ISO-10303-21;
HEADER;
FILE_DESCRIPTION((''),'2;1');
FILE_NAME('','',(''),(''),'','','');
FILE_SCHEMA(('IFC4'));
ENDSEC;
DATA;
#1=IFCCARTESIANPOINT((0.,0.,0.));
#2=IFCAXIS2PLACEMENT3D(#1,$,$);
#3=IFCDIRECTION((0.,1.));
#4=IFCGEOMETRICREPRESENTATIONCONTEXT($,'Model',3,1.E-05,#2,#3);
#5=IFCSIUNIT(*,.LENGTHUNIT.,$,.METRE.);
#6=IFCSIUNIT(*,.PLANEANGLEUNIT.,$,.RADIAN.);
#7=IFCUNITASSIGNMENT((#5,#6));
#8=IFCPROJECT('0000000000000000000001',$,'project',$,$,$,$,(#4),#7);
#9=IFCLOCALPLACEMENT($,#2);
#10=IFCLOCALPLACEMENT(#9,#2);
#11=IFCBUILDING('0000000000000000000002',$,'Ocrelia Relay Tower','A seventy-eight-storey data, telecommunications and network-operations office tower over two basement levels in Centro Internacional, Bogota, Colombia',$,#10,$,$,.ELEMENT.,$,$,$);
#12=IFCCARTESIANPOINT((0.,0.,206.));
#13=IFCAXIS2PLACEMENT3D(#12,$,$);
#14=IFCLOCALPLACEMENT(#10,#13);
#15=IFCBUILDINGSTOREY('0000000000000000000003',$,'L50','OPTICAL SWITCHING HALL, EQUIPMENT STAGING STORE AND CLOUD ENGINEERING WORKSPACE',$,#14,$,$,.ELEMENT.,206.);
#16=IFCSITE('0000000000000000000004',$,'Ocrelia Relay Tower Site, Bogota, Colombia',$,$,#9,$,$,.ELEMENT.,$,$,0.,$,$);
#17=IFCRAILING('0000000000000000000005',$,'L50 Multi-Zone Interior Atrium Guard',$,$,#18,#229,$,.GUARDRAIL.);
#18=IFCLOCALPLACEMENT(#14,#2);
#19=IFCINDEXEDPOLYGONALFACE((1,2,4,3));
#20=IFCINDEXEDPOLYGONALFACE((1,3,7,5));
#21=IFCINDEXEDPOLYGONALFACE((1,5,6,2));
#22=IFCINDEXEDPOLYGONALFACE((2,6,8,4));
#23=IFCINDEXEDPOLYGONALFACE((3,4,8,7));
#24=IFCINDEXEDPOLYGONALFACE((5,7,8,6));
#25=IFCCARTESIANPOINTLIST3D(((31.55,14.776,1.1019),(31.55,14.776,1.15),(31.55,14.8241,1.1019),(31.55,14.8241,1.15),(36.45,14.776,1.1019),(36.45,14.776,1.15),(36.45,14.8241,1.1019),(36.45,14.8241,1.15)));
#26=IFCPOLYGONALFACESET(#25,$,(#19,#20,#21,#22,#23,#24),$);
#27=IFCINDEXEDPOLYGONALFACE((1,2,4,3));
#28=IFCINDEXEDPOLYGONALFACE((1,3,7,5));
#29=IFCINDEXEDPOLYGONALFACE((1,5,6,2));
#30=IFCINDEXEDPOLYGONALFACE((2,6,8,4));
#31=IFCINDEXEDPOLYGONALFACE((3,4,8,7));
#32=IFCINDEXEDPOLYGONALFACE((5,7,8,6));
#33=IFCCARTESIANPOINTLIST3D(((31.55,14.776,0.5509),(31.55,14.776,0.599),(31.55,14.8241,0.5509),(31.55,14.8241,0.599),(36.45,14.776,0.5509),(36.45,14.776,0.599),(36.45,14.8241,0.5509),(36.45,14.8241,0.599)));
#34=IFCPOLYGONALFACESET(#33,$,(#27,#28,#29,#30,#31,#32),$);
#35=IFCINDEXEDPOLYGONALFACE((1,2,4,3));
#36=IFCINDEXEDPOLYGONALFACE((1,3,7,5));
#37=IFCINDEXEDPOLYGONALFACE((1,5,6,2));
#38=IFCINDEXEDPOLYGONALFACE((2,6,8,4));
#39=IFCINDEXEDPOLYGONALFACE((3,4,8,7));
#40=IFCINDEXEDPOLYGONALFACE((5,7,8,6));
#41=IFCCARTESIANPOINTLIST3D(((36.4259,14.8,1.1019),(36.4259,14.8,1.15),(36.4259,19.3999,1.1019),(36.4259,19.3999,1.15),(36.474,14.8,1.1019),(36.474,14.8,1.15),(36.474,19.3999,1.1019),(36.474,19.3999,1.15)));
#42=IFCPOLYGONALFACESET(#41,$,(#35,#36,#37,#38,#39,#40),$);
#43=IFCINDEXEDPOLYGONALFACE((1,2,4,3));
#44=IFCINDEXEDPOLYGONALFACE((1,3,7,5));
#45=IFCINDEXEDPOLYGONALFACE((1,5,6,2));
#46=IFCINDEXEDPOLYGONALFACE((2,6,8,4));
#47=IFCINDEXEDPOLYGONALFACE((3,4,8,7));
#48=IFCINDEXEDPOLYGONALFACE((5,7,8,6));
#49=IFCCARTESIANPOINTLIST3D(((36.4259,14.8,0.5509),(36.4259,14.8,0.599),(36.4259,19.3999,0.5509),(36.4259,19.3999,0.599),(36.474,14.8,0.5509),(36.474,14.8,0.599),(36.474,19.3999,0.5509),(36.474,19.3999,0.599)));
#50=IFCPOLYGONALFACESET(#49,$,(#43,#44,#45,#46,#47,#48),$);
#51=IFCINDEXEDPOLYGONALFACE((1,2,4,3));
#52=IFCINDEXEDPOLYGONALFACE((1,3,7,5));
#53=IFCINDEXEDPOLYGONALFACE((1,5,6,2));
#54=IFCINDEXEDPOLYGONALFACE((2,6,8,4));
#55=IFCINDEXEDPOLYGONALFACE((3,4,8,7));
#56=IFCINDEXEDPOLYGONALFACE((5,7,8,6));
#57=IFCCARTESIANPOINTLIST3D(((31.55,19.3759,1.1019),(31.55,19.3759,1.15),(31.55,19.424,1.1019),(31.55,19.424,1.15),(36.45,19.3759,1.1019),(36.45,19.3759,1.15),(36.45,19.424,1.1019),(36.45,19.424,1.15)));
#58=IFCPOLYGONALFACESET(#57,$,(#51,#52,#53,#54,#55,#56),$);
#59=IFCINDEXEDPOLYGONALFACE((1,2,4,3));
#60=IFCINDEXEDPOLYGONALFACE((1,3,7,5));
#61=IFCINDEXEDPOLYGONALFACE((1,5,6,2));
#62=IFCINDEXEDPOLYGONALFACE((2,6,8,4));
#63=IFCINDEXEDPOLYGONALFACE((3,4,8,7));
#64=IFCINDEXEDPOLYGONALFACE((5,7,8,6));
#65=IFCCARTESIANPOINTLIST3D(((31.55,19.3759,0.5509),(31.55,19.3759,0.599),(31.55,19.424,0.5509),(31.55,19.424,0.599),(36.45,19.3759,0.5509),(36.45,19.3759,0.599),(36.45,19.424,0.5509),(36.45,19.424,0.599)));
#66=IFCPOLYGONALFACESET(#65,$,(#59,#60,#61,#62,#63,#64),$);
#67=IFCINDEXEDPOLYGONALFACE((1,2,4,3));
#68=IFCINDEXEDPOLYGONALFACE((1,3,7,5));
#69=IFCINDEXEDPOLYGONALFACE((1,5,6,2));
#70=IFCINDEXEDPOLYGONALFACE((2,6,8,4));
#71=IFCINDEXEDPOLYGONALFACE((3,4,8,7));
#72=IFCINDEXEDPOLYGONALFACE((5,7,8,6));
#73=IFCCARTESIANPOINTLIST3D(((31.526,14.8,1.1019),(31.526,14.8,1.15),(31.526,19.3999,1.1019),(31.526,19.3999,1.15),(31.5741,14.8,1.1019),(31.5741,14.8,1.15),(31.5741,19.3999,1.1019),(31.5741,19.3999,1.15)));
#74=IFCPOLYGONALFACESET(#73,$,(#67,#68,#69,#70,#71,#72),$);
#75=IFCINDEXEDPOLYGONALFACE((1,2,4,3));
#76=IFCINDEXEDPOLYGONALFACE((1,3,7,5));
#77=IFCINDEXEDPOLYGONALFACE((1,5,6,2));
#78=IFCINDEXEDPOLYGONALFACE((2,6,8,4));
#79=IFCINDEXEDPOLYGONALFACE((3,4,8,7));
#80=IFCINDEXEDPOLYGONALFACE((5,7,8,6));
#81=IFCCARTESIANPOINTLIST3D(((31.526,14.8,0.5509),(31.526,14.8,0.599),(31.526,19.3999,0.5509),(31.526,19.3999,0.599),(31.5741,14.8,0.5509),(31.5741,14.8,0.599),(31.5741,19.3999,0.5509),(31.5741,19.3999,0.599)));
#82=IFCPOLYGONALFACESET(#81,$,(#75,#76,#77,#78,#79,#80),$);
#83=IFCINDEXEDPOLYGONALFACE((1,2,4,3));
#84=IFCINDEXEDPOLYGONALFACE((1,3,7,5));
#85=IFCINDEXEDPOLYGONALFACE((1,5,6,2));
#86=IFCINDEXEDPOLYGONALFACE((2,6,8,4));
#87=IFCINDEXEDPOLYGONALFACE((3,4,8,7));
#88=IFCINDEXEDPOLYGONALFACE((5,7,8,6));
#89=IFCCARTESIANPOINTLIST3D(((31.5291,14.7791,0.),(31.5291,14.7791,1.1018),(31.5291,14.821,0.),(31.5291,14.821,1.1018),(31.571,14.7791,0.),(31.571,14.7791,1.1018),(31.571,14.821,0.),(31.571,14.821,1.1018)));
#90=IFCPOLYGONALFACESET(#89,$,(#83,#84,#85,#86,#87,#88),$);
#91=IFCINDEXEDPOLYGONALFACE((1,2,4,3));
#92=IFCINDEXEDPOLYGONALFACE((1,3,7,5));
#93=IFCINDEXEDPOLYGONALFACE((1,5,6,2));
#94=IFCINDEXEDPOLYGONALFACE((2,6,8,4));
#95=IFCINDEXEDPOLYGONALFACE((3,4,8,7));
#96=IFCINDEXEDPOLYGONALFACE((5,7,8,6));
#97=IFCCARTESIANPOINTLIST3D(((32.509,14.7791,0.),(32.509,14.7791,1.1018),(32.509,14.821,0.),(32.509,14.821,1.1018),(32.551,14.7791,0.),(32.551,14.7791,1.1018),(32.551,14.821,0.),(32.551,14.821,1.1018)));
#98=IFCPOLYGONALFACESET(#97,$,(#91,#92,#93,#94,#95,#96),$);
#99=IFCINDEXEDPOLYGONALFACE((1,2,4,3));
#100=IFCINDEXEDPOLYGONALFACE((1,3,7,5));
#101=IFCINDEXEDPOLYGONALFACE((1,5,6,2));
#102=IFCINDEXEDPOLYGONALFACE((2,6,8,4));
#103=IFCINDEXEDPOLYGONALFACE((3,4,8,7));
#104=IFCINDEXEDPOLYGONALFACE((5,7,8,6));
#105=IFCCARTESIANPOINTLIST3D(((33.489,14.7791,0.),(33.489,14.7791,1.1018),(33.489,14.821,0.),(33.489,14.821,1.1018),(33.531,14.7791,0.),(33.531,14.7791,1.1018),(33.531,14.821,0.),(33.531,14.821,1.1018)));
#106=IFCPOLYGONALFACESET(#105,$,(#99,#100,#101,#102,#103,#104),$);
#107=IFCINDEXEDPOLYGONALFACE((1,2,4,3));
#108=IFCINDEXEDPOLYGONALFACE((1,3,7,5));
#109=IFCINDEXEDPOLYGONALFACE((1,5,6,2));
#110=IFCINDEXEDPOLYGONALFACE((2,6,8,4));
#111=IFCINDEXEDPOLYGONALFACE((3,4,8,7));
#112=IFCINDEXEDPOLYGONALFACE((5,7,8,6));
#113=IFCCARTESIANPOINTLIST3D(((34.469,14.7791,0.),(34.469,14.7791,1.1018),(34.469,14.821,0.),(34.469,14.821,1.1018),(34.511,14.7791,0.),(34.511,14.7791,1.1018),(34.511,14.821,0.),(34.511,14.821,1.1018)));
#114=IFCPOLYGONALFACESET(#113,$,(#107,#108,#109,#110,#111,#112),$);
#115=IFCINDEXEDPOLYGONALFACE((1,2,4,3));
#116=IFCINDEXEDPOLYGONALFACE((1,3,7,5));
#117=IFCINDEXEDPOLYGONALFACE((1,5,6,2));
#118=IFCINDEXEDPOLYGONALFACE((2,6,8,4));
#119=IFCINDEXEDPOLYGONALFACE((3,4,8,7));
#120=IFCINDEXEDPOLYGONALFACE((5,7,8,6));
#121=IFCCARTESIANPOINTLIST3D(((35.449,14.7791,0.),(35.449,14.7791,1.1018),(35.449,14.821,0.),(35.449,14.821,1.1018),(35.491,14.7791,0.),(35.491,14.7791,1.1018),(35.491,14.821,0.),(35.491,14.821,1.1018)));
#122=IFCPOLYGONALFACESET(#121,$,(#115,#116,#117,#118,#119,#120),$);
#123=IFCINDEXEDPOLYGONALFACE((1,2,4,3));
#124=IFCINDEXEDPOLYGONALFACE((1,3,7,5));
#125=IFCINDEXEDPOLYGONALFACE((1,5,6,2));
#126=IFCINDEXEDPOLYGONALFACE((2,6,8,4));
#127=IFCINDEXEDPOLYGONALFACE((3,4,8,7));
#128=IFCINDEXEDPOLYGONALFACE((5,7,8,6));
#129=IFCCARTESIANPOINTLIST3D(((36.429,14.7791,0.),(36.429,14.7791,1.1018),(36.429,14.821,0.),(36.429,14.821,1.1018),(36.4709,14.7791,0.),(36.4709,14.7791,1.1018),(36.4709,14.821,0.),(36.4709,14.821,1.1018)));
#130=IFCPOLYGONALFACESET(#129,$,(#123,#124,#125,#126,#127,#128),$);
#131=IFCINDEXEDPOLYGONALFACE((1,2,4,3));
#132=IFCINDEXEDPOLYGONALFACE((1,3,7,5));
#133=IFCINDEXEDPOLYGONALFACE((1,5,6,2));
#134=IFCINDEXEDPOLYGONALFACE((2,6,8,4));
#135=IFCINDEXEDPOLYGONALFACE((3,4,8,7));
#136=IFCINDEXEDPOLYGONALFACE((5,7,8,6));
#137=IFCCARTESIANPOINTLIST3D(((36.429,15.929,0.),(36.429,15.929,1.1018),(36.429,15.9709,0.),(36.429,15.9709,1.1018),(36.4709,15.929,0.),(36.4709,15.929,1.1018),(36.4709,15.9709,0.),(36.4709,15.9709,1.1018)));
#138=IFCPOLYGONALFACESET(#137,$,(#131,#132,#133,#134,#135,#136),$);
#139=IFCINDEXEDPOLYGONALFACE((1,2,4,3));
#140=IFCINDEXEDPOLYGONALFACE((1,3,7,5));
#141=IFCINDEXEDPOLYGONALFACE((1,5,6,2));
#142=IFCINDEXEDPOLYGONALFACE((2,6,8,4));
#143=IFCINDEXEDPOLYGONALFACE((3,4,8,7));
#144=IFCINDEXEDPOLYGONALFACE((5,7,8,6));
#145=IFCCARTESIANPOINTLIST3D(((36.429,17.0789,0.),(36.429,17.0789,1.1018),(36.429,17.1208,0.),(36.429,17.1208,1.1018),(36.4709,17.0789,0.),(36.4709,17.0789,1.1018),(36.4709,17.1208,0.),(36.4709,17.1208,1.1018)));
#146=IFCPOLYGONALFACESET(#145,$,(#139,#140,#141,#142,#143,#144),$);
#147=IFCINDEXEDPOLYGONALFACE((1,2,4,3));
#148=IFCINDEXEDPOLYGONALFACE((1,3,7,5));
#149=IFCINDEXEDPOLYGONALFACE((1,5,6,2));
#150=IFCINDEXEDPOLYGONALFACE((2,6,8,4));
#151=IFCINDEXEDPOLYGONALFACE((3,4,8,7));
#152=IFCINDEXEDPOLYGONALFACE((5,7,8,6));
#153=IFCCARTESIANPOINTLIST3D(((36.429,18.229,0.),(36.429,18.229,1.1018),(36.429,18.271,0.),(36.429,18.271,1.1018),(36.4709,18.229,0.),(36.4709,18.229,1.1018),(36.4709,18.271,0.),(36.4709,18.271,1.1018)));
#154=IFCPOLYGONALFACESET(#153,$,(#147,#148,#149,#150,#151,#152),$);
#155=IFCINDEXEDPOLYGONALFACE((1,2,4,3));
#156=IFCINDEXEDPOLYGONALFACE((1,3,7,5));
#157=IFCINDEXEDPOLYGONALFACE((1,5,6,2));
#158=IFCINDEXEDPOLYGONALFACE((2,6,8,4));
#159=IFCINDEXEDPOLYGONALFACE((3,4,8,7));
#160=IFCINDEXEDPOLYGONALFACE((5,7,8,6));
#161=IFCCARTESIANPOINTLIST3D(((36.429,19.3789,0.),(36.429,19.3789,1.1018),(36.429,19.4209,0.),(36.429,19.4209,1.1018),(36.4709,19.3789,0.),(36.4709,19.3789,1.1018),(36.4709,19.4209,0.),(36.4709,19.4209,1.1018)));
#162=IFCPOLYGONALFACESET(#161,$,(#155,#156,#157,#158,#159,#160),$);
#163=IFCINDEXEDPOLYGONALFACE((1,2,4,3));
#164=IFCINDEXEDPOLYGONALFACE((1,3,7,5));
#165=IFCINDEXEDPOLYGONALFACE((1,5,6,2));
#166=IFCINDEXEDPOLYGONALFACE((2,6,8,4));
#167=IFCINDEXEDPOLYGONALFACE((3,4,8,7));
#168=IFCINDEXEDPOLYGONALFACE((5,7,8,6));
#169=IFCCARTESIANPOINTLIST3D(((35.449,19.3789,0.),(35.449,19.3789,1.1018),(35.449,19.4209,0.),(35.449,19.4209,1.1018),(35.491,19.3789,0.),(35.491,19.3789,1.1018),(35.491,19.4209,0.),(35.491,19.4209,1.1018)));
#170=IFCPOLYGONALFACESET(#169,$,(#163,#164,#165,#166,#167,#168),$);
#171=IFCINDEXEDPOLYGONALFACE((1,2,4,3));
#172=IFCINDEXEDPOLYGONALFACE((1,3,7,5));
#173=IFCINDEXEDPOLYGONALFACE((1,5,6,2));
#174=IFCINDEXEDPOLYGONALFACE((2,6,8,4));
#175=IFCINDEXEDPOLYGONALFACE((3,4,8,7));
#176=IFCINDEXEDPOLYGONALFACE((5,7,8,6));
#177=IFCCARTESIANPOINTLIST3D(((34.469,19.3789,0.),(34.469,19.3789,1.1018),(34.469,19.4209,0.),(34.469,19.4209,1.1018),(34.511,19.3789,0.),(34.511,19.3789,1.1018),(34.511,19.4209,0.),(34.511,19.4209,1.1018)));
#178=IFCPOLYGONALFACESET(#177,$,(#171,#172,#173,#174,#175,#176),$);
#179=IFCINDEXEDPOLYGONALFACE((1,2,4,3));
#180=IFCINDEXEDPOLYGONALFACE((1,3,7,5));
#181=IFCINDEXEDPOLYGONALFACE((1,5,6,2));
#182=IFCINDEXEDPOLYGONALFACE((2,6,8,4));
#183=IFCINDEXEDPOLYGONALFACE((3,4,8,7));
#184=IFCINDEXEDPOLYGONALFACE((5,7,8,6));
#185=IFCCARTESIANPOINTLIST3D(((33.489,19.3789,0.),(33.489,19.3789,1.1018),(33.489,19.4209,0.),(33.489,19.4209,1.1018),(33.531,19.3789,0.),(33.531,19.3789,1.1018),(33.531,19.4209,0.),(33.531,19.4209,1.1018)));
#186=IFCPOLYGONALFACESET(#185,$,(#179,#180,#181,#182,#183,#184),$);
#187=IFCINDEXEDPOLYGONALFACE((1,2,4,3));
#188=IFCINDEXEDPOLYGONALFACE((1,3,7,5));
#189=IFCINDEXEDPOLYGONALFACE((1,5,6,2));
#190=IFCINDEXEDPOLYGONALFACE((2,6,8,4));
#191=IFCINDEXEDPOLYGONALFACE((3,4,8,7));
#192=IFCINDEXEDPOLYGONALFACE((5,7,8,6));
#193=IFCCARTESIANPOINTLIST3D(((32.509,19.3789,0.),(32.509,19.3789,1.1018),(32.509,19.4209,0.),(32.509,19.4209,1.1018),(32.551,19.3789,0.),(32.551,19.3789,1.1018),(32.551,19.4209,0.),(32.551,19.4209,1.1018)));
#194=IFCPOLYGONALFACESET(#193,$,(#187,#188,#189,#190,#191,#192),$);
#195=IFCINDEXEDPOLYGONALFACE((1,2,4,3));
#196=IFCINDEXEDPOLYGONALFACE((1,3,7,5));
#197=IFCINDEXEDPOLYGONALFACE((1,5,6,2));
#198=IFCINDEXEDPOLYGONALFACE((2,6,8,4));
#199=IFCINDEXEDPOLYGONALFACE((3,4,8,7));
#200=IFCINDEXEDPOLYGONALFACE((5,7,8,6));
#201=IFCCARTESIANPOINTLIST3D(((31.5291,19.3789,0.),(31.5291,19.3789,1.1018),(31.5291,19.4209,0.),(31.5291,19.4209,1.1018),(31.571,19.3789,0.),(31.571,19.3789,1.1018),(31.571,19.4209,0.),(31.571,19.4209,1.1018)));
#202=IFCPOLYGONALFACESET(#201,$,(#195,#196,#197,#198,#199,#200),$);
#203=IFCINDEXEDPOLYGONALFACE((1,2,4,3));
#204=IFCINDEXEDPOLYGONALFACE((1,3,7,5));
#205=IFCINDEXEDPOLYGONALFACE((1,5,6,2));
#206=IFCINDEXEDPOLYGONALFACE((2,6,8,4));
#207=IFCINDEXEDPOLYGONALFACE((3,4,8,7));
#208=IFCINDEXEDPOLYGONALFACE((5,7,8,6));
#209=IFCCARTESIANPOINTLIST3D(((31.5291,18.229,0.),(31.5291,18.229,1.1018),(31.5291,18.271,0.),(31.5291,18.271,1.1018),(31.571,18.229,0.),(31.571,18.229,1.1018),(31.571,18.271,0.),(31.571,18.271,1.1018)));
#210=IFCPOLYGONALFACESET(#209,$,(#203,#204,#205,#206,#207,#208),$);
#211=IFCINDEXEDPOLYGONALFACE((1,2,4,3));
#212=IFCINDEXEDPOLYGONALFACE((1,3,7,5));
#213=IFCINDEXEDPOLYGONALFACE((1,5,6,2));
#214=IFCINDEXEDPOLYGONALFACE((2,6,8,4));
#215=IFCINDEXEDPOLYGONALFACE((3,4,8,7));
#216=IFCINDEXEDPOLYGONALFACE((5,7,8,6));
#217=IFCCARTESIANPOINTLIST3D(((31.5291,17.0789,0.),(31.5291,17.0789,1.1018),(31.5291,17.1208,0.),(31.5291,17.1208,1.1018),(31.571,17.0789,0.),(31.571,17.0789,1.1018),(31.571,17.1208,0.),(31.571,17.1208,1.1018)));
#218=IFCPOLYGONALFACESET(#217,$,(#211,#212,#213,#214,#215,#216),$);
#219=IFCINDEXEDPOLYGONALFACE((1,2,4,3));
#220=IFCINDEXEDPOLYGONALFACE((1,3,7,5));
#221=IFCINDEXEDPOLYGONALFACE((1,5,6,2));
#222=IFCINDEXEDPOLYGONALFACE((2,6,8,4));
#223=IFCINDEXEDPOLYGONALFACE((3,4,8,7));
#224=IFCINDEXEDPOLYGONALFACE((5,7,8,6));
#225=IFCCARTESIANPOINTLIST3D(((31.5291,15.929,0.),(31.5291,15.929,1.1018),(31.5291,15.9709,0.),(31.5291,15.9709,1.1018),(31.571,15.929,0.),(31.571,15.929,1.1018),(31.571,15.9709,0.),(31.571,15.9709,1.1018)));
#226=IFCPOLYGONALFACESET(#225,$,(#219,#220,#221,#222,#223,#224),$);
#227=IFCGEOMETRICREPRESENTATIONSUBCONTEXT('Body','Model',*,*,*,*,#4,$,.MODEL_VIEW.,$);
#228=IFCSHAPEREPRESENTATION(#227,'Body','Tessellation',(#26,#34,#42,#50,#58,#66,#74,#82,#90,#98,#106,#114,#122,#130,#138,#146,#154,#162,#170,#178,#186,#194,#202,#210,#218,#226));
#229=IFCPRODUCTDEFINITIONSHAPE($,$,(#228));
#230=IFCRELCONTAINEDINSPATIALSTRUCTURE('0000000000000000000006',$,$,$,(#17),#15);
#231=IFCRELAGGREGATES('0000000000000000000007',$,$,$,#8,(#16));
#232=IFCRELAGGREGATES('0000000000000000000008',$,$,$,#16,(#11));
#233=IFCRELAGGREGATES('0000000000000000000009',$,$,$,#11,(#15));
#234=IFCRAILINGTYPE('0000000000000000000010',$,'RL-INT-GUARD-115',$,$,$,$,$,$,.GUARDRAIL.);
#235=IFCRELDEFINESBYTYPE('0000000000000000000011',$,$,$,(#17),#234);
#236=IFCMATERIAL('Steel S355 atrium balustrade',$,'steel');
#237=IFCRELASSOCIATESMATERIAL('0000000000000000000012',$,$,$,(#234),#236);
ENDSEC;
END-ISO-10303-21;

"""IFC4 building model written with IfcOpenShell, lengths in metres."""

from ifc_helpers import new_model, si_unit, direction, frame, origin, origin_2d, place, context, subcontext, project, spatial, rectangle, extrude, material, type_object, element, save


model = new_model("IFC4")

# Units and contexts
model_context = context("Model", 3, precision=1e-05, world=origin(), true_north=direction((0.0, 1.0)))
body_context = subcontext(model_context, "Body", "Model", "MODEL_VIEW")
ifc_project = project(units=[si_unit("LENGTHUNIT", "METRE"), si_unit("PLANEANGLEUNIT", "RADIAN")], contexts=[model_context])

# Site, building, storey
site_placement = place(None, origin())
site = spatial("IfcSite", under=ifc_project, at=site_placement, Name="Ocrelia Relay Tower Site, Bogota, Colombia", CompositionType="ELEMENT", RefElevation=0.0)
building_placement = place(site_placement, origin())
building = spatial("IfcBuilding", under=site, at=building_placement, Name="Ocrelia Relay Tower", Description="A seventy-eight-storey data, telecommunications and network-operations office tower over two basement levels in Centro Internacional, Bogota, Colombia", CompositionType="ELEMENT")
storey_placement = place(building_placement, frame((0.0, 0.0, 206.0)))
storey = spatial("IfcBuildingStorey", under=building, at=storey_placement, Name="L50", Description="OPTICAL SWITCHING HALL, EQUIPMENT STAGING STORE AND CLOUD ENGINEERING WORKSPACE", CompositionType="ELEMENT", Elevation=206.0)

# Railing
ifc_material_1 = material(Name="Steel S355 atrium balustrade", Category="steel")
railing_type_1 = type_object("IfcRailingType", Name="RL-INT-GUARD-115", PredefinedType="GUARDRAIL", material=ifc_material_1)
railing_1_placement = place(storey_placement, frame((31.55, 14.8, 0.0)))
element("IfcRailing", 1, at=railing_1_placement, inside=storey, type_object=railing_type_1, Name="L50 Multi-Zone Interior Atrium Guard", PredefinedType="GUARDRAIL", context=body_context, shape_type="SweptSolid", body=[
    extrude(rectangle(XDim=0.0481, YDim=0.0481, at=origin_2d()), frame((0.0, 0.0, 1.126), z_axis=(1.0, 0.0, 0.0), x_axis=(0.0, 1.0, 0.0)), (0.0, 0.0, 1.0), 4.8999),
    extrude(rectangle(XDim=0.0481, YDim=0.0481, at=origin_2d()), frame((0.0, 0.0, 0.575), z_axis=(1.0, 0.0, 0.0), x_axis=(0.0, 1.0, 0.0)), (0.0, 0.0, 1.0), 4.8999),
    extrude(rectangle(XDim=0.0481, YDim=0.0481, at=origin_2d()), frame((4.8999, 0.0, 1.126), z_axis=(0.0, 1.0, 0.0), x_axis=(-1.0, 0.0, 0.0)), (0.0, 0.0, 1.0), 4.5999),
    extrude(rectangle(XDim=0.0481, YDim=0.0481, at=origin_2d()), frame((4.8999, 0.0, 0.575), z_axis=(0.0, 1.0, 0.0), x_axis=(-1.0, 0.0, 0.0)), (0.0, 0.0, 1.0), 4.5999),
    extrude(rectangle(XDim=0.0481, YDim=0.0481, at=origin_2d()), frame((4.8999, 4.5999, 1.126), z_axis=(-1.0, 0.0, 0.0), x_axis=(0.0, -1.0, 0.0)), (0.0, 0.0, 1.0), 4.8999),
    extrude(rectangle(XDim=0.0481, YDim=0.0481, at=origin_2d()), frame((4.8999, 4.5999, 0.575), z_axis=(-1.0, 0.0, 0.0), x_axis=(0.0, -1.0, 0.0)), (0.0, 0.0, 1.0), 4.8999),
    extrude(rectangle(XDim=0.0481, YDim=0.0481, at=origin_2d()), frame((0.0, 4.5999, 1.126), z_axis=(0.0, -1.0, 0.0), x_axis=(1.0, 0.0, 0.0)), (0.0, 0.0, 1.0), 4.5999),
    extrude(rectangle(XDim=0.0481, YDim=0.0481, at=origin_2d()), frame((0.0, 4.5999, 0.575), z_axis=(0.0, -1.0, 0.0), x_axis=(1.0, 0.0, 0.0)), (0.0, 0.0, 1.0), 4.5999),
    extrude(rectangle(XDim=0.042, YDim=0.042, at=origin_2d()), origin(), (0.0, 0.0, 1.0), 1.1018),
    extrude(rectangle(XDim=0.042, YDim=0.042, at=origin_2d()), frame((0.98, 0.0, 0.0)), (0.0, 0.0, 1.0), 1.1018),
    extrude(rectangle(XDim=0.042, YDim=0.042, at=origin_2d()), frame((1.96, 0.0, 0.0)), (0.0, 0.0, 1.0), 1.1018),
    extrude(rectangle(XDim=0.042, YDim=0.042, at=origin_2d()), frame((2.9399, 0.0, 0.0)), (0.0, 0.0, 1.0), 1.1018),
    extrude(rectangle(XDim=0.042, YDim=0.042, at=origin_2d()), frame((3.9199, 0.0, 0.0)), (0.0, 0.0, 1.0), 1.1018),
    extrude(rectangle(XDim=0.042, YDim=0.042, at=origin_2d()), frame((4.8999, 0.0, 0.0)), (0.0, 0.0, 1.0), 1.1018),
    extrude(rectangle(XDim=0.042, YDim=0.042, at=origin_2d()), frame((4.8999, 1.1499, 0.0)), (0.0, 0.0, 1.0), 1.1018),
    extrude(rectangle(XDim=0.042, YDim=0.042, at=origin_2d()), frame((4.8999, 2.2998, 0.0)), (0.0, 0.0, 1.0), 1.1018),
    extrude(rectangle(XDim=0.042, YDim=0.042, at=origin_2d()), frame((4.8999, 3.45, 0.0)), (0.0, 0.0, 1.0), 1.1018),
    extrude(rectangle(XDim=0.042, YDim=0.042, at=origin_2d()), frame((4.8999, 4.5999, 0.0)), (0.0, 0.0, 1.0), 1.1018),
    extrude(rectangle(XDim=0.042, YDim=0.042, at=origin_2d()), frame((3.9199, 4.5999, 0.0)), (0.0, 0.0, 1.0), 1.1018),
    extrude(rectangle(XDim=0.042, YDim=0.042, at=origin_2d()), frame((2.9399, 4.5999, 0.0)), (0.0, 0.0, 1.0), 1.1018),
    extrude(rectangle(XDim=0.042, YDim=0.042, at=origin_2d()), frame((1.96, 4.5999, 0.0)), (0.0, 0.0, 1.0), 1.1018),
    extrude(rectangle(XDim=0.042, YDim=0.042, at=origin_2d()), frame((0.98, 4.5999, 0.0)), (0.0, 0.0, 1.0), 1.1018),
    extrude(rectangle(XDim=0.042, YDim=0.042, at=origin_2d()), frame((0.0, 4.5999, 0.0)), (0.0, 0.0, 1.0), 1.1018),
    extrude(rectangle(XDim=0.042, YDim=0.042, at=origin_2d()), frame((0.0, 3.45, 0.0)), (0.0, 0.0, 1.0), 1.1018),
    extrude(rectangle(XDim=0.042, YDim=0.042, at=origin_2d()), frame((0.0, 2.2998, 0.0)), (0.0, 0.0, 1.0), 1.1018),
    extrude(rectangle(XDim=0.042, YDim=0.042, at=origin_2d()), frame((0.0, 1.1499, 0.0)), (0.0, 0.0, 1.0), 1.1018),
])

save(model, "model.ifc")
